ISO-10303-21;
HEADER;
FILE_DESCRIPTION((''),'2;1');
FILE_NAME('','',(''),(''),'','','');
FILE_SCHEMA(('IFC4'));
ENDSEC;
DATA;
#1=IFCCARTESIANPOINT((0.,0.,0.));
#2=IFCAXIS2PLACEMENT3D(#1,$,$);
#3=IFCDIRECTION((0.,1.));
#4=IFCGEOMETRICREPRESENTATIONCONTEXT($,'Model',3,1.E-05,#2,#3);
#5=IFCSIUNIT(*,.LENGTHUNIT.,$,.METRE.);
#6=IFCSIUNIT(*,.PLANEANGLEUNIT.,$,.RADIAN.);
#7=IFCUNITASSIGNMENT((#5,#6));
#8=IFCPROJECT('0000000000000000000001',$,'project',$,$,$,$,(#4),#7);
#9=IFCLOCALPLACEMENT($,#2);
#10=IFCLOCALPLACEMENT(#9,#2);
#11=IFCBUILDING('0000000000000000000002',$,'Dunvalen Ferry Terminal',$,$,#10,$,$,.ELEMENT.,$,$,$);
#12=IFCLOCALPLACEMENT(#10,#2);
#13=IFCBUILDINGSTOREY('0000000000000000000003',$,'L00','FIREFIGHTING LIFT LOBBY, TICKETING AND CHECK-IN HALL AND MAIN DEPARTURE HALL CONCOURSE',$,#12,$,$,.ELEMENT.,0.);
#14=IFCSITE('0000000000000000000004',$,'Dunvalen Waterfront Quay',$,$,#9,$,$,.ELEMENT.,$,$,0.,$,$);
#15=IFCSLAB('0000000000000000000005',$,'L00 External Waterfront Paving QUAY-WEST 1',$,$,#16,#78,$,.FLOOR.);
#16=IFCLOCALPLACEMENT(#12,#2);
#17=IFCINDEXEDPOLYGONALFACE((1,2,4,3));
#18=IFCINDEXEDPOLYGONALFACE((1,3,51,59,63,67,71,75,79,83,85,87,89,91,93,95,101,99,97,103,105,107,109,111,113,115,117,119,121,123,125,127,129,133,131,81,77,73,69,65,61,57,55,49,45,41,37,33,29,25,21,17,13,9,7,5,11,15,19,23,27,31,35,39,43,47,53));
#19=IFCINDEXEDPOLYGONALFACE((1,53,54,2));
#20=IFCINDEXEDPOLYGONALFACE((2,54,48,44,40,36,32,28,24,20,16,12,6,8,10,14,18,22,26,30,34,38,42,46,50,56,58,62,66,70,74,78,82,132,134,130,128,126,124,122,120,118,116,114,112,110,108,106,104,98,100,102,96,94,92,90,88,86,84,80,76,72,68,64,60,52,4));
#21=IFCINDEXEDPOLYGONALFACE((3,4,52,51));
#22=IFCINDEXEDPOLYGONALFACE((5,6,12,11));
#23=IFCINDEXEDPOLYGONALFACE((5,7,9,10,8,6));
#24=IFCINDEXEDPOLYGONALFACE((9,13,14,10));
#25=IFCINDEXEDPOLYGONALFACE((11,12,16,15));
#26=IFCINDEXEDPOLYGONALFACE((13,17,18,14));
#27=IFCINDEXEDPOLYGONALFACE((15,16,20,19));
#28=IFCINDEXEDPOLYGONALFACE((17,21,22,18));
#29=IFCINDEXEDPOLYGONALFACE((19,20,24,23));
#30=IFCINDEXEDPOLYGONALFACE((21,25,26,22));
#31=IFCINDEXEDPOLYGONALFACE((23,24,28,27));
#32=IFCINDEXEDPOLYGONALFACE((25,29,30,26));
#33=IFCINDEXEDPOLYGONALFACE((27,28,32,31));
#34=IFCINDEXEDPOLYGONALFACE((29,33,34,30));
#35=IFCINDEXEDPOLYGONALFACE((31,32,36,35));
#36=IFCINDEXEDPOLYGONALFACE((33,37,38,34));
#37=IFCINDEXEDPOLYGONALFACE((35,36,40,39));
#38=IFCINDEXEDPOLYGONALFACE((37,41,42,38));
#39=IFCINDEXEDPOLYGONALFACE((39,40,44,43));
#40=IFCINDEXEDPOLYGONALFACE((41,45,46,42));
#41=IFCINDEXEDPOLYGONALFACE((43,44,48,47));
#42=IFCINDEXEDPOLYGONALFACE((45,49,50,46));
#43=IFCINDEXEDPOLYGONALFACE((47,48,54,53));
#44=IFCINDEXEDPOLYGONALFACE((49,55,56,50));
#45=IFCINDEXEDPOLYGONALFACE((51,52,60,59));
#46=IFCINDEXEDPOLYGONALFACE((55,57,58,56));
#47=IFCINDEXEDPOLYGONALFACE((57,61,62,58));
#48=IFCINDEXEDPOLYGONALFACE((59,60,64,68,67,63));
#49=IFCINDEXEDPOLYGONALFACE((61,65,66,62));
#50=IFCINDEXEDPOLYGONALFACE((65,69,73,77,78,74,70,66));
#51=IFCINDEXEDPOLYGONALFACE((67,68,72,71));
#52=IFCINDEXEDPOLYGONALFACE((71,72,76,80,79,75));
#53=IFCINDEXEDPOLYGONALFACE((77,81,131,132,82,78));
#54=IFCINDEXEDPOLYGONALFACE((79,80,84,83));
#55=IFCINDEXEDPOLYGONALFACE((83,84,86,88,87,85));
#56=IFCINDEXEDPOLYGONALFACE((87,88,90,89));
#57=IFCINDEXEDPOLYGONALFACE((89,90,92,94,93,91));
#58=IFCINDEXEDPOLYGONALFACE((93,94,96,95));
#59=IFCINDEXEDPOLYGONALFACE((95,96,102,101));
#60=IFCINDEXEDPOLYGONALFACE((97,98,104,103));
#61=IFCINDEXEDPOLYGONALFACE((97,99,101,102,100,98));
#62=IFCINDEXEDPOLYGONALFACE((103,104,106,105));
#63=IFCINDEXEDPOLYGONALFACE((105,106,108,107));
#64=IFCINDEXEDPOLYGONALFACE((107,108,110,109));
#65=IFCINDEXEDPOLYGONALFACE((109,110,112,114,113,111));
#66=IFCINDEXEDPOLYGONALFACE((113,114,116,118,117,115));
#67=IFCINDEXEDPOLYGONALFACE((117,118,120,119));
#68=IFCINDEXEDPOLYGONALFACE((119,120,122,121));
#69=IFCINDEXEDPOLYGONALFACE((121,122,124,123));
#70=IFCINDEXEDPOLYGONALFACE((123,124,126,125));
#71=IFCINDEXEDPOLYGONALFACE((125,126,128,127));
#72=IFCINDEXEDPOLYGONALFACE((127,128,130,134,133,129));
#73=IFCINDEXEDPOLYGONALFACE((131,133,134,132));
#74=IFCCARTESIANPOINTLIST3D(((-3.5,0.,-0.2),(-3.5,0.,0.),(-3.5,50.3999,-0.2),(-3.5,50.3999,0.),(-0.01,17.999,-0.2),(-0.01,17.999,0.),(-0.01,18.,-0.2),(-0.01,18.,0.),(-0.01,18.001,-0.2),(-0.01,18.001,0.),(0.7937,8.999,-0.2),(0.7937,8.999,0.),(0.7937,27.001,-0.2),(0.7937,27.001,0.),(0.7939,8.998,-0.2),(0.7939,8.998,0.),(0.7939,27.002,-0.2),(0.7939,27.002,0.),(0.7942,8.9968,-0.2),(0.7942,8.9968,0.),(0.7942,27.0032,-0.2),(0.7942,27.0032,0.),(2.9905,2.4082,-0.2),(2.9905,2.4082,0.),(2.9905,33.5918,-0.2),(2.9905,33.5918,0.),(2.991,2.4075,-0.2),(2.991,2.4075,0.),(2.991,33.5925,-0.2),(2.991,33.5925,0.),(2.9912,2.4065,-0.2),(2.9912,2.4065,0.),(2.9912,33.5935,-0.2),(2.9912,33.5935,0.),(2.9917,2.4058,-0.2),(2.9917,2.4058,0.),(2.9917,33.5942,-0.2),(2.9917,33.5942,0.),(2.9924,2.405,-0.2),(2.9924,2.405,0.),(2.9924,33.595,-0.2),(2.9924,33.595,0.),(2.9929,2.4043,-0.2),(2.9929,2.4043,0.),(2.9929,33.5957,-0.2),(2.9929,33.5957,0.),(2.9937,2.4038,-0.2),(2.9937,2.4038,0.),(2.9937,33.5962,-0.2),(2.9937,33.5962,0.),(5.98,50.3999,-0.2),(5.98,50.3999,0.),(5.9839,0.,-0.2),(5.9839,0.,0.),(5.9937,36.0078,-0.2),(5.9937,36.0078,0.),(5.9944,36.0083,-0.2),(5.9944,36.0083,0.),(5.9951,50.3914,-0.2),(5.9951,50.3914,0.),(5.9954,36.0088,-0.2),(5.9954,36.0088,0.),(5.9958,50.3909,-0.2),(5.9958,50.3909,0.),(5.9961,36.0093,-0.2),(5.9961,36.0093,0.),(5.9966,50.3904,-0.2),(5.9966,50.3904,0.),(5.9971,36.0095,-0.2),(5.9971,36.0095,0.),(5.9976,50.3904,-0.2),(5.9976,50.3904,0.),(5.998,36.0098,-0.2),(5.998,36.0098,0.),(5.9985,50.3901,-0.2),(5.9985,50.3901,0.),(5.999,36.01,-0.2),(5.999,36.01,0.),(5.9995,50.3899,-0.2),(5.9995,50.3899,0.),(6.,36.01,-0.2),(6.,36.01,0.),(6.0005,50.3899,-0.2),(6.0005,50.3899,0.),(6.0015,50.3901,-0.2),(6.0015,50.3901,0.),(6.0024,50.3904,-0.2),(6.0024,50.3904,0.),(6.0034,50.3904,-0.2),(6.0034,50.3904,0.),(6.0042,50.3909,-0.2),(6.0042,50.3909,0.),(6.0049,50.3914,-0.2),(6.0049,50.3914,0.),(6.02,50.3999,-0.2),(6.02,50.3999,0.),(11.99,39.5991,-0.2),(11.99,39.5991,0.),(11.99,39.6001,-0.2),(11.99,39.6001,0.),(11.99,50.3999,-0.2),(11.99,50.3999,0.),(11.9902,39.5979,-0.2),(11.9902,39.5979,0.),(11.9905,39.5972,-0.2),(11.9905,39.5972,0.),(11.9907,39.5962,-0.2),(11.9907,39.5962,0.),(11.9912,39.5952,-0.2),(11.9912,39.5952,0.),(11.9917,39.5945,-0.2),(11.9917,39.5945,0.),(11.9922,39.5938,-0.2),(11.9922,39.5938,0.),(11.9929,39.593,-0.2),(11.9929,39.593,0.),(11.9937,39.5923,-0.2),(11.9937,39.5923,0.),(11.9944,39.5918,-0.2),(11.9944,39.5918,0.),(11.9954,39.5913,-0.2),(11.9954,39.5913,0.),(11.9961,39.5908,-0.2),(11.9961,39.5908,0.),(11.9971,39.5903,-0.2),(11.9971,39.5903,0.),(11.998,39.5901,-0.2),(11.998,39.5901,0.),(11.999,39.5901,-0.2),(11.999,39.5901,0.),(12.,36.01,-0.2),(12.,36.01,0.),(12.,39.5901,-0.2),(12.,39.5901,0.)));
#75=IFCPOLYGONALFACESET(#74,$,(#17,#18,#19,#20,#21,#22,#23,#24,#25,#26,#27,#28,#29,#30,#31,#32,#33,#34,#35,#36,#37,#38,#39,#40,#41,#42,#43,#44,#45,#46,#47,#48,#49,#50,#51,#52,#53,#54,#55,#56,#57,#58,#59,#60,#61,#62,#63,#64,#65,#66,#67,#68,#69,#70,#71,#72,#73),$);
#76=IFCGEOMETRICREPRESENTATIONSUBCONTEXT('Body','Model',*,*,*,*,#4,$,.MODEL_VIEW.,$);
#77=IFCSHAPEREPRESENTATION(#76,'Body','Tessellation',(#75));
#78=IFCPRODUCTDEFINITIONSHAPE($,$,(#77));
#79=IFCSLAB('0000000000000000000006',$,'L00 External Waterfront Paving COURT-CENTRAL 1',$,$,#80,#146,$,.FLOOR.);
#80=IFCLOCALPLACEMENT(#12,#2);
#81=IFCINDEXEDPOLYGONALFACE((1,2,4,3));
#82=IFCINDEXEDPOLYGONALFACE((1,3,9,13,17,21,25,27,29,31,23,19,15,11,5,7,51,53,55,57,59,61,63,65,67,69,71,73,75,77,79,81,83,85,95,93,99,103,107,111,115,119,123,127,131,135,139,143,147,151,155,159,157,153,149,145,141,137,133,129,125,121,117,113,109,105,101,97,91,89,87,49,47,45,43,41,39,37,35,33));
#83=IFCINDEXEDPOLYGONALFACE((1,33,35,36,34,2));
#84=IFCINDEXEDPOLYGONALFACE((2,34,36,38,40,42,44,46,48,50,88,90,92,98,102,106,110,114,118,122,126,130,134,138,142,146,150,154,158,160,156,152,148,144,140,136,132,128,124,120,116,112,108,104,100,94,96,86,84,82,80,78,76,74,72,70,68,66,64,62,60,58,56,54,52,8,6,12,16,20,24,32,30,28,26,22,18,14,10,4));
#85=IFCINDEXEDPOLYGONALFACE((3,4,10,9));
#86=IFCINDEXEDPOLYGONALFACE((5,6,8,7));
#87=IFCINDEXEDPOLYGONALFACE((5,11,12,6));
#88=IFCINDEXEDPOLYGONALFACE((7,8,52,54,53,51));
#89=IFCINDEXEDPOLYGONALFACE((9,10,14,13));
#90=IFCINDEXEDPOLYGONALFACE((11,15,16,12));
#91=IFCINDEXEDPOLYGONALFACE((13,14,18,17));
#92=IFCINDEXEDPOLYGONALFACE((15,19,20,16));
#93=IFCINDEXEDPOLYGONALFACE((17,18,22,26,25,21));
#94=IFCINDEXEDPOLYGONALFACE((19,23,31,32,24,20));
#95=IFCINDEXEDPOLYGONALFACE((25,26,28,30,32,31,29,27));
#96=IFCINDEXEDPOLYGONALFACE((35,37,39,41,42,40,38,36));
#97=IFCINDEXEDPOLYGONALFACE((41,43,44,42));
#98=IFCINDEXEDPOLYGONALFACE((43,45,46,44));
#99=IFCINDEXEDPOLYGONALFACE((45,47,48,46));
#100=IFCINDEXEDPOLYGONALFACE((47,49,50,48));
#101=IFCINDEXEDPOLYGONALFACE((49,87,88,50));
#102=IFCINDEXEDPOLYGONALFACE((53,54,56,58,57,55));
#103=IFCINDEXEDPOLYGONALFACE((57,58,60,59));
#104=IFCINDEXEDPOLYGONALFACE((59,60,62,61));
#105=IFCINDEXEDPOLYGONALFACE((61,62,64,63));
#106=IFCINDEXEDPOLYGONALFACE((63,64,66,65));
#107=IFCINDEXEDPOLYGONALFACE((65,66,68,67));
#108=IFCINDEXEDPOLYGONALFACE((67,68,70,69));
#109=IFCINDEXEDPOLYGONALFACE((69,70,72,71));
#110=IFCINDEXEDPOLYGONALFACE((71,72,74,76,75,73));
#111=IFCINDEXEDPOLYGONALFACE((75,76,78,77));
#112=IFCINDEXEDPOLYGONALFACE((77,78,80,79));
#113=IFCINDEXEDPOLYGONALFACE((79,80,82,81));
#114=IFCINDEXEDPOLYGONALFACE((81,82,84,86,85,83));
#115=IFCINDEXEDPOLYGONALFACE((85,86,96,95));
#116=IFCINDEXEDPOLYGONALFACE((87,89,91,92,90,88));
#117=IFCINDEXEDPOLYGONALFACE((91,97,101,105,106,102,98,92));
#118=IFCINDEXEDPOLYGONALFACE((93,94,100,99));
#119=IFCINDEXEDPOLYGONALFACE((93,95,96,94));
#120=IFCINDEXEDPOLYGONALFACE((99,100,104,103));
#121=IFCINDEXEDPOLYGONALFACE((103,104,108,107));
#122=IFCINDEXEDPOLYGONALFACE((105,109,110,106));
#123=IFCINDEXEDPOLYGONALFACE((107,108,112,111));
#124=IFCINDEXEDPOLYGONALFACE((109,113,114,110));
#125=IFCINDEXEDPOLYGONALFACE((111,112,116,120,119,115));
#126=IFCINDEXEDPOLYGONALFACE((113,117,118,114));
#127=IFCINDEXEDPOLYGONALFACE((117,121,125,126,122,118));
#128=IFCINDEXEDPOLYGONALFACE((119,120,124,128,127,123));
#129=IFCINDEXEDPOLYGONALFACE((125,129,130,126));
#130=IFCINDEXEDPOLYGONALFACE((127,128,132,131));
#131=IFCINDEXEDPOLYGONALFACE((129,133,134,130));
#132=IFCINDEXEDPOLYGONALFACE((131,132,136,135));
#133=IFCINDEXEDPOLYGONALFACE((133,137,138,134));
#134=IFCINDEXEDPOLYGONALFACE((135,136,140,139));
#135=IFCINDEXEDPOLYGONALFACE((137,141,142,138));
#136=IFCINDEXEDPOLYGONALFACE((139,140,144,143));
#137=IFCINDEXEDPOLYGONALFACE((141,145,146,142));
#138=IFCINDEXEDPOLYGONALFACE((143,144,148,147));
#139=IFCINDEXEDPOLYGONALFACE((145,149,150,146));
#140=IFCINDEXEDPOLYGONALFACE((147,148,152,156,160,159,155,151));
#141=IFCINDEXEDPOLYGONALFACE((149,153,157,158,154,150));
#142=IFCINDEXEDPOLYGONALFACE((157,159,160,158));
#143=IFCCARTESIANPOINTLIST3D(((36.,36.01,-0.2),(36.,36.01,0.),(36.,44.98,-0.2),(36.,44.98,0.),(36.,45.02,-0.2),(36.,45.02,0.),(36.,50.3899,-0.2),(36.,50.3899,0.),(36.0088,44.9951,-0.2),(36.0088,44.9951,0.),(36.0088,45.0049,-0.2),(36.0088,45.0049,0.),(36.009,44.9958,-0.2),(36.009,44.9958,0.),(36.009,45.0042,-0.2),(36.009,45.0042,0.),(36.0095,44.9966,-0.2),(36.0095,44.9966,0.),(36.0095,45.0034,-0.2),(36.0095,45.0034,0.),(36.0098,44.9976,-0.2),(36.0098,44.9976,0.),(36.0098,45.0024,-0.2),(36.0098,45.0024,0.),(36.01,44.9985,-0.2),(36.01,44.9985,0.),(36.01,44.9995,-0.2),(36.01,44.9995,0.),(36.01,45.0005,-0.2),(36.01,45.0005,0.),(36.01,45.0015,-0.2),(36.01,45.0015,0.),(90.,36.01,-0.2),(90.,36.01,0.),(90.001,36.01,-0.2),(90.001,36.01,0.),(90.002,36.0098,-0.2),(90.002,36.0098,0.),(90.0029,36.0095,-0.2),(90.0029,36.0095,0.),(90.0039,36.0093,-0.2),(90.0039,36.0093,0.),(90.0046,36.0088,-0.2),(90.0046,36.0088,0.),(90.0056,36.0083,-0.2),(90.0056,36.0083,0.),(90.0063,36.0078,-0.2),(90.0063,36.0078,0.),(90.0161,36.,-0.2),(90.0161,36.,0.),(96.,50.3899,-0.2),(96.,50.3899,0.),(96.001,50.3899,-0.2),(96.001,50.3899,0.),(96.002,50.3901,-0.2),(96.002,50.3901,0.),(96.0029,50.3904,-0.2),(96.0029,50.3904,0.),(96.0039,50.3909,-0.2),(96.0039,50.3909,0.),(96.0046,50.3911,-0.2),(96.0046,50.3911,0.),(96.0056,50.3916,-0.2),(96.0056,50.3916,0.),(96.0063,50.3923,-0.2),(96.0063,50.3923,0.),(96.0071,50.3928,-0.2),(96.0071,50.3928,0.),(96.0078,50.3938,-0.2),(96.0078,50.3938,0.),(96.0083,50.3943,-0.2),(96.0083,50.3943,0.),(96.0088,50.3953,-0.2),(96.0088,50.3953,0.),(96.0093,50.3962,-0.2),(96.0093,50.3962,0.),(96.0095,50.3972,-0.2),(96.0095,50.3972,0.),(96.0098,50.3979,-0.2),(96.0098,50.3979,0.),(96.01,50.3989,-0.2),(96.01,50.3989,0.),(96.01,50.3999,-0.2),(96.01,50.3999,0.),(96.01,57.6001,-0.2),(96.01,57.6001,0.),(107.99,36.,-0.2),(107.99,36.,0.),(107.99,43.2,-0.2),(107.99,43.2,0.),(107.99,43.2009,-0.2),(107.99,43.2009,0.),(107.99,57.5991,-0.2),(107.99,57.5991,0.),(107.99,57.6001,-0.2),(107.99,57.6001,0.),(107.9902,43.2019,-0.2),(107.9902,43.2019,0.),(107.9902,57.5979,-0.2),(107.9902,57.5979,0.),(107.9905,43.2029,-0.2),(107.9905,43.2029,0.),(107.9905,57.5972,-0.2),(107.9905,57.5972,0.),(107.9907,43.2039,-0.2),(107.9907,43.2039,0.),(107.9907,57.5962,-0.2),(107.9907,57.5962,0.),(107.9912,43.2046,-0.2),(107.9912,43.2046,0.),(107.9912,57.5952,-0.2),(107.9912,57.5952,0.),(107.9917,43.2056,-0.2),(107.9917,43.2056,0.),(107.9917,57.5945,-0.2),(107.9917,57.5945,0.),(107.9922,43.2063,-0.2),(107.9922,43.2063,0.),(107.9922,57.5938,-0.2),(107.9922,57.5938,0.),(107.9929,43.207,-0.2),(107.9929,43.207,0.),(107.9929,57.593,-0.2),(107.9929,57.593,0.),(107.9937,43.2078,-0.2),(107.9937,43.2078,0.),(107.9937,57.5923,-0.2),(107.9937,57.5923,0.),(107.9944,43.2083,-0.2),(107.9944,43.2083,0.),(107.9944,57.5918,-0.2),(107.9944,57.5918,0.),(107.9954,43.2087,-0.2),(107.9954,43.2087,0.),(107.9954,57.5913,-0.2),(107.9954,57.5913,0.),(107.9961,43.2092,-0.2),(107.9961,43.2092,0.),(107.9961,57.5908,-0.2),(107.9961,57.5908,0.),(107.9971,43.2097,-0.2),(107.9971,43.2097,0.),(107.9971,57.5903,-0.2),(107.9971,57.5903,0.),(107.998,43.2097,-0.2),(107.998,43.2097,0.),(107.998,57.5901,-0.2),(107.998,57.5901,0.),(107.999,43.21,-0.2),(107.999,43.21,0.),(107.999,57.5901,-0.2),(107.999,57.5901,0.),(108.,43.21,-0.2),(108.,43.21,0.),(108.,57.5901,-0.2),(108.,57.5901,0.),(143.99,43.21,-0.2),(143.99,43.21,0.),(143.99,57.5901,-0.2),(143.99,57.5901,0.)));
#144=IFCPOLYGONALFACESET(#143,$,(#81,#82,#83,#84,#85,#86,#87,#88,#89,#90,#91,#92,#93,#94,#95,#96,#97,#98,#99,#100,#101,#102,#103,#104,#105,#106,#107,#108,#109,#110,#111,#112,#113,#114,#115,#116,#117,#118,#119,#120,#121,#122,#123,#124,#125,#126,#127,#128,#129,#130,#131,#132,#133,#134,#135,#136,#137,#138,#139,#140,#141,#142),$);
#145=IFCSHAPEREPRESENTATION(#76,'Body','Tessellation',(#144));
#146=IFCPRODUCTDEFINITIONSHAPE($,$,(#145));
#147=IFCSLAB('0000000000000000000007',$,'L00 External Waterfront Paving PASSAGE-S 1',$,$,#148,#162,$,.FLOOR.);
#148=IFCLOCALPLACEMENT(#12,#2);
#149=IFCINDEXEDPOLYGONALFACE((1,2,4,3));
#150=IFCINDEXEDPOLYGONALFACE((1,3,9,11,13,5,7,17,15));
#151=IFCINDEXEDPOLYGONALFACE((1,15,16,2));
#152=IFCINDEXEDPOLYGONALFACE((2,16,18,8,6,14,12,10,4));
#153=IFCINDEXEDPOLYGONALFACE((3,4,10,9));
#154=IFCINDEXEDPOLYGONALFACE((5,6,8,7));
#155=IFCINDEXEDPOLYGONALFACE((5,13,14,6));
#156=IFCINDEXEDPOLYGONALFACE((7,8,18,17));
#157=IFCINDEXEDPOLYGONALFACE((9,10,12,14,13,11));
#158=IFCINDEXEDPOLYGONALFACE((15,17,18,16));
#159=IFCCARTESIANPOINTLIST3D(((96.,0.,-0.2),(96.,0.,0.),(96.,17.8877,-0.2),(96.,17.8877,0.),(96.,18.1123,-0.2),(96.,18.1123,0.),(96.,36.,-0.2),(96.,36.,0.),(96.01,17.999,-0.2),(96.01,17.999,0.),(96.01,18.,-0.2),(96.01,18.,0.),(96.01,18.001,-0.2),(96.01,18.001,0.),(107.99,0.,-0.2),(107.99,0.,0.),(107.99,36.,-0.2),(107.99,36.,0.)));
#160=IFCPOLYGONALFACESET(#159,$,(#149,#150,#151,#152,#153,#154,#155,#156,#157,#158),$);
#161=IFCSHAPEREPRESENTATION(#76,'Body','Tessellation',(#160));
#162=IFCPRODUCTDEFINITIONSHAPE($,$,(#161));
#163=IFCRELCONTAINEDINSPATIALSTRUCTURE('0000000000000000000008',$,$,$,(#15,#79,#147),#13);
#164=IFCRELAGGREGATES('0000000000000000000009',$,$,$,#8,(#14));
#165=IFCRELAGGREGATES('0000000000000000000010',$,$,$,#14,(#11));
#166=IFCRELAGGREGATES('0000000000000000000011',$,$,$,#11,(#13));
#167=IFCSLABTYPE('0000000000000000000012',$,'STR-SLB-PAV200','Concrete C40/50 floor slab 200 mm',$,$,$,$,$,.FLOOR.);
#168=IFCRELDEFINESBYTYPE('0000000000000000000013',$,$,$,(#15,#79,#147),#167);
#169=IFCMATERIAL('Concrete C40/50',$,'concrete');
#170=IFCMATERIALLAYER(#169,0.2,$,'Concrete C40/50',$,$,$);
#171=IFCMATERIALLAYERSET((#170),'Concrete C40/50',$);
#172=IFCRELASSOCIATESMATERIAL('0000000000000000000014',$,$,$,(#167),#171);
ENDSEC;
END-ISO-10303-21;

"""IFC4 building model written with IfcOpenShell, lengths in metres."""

from ifc_helpers import new_model, si_unit, direction, frame, origin, place, context, subcontext, project, spatial, polyline, outline, extrude, material, layer, layer_set, type_object, element, save


model = new_model("IFC4")

# Units and contexts
model_context = context("Model", 3, precision=1e-05, world=origin(), true_north=direction((0.0, 1.0)))
body_context = subcontext(model_context, "Body", "Model", "MODEL_VIEW")
ifc_project = project(units=[si_unit("LENGTHUNIT", "METRE"), si_unit("PLANEANGLEUNIT", "RADIAN")], contexts=[model_context])

# Site, building, storey
site_placement = place(None, origin())
site = spatial("IfcSite", under=ifc_project, at=site_placement, Name="Dunvalen Waterfront Quay", CompositionType="ELEMENT", RefElevation=0.0)
building_placement = place(site_placement, origin())
building = spatial("IfcBuilding", under=site, at=building_placement, Name="Dunvalen Ferry Terminal", CompositionType="ELEMENT")
storey_placement = place(building_placement, origin())
storey = spatial("IfcBuildingStorey", under=building, at=storey_placement, Name="L00", Description="FIREFIGHTING LIFT LOBBY, TICKETING AND CHECK-IN HALL AND MAIN DEPARTURE HALL CONCOURSE", CompositionType="ELEMENT", Elevation=0.0)

# Slabs
ifc_material_1 = material(Name="Concrete C40/50", Category="concrete")
ifc_layer_1 = layer(ifc_material_1, 0.2, Name="Concrete C40/50")
ifc_layer_set_1 = layer_set([ifc_layer_1], Name="Concrete C40/50")
slab_type_1 = type_object("IfcSlabType", Name="STR-SLB-PAV200", Description="Concrete C40/50 floor slab 200 mm", PredefinedType="FLOOR", material=ifc_layer_set_1)
slab_1_placement = place(storey_placement, frame((0.0, 0.0, -0.2)))
element("IfcSlab", 1, at=slab_1_placement, inside=storey, type_object=slab_type_1, Name="L00 External Waterfront Paving QUAY-WEST 1", PredefinedType="FLOOR", context=body_context, shape_type="SweptSolid", body=[
    extrude(outline(polyline([(5.9839, 0.0), (2.9937, 2.4038), (2.9929, 2.4043), (2.9924, 2.405), (2.9917, 2.4058), (2.9912, 2.4065), (2.991, 2.4075), (2.9905, 2.4082), (0.7942, 8.9968), (0.7939, 8.998), (0.7937, 8.999), (-0.01, 17.999), (-0.01, 18.0), (-0.01, 18.001), (0.7937, 27.001), (0.7939, 27.002), (0.7942, 27.0032), (2.9905, 33.5918), (2.991, 33.5925), (2.9912, 33.5935), (2.9917, 33.5942), (2.9924, 33.595), (2.9929, 33.5957), (2.9937, 33.5962), (5.9937, 36.0078), (5.9944, 36.0083), (5.9954, 36.0088), (5.9961, 36.0093), (5.9971, 36.0095), (5.998, 36.0098), (5.999, 36.01), (6.0, 36.01), (12.0, 36.01), (12.0, 39.5901), (11.999, 39.5901), (11.998, 39.5901), (11.9971, 39.5903), (11.9961, 39.5908), (11.9954, 39.5913), (11.9944, 39.5918), (11.9937, 39.5923), (11.9929, 39.593), (11.9922, 39.5938), (11.9917, 39.5945), (11.9912, 39.5952), (11.9907, 39.5962), (11.9905, 39.5972), (11.9902, 39.5979), (11.99, 39.5991), (11.99, 39.6001), (11.99, 50.3999), (6.02, 50.3999), (6.0049, 50.3914), (6.0042, 50.3909), (6.0034, 50.3904), (6.0024, 50.3904), (6.0015, 50.3901), (6.0005, 50.3899), (5.9995, 50.3899), (5.9985, 50.3901), (5.9976, 50.3904), (5.9966, 50.3904), (5.9958, 50.3909), (5.9951, 50.3914), (5.98, 50.3999), (-3.5, 50.3999), (-3.5, 0.0), (5.9839, 0.0)])), origin(), (0.0, 0.0, 1.0), 0.2),
])
slab_2_placement = place(storey_placement, frame((0.0, 0.0, -0.2)))
element("IfcSlab", 2, at=slab_2_placement, inside=storey, type_object=slab_type_1, Name="L00 External Waterfront Paving COURT-CENTRAL 1", PredefinedType="FLOOR", context=body_context, shape_type="SweptSolid", body=[
    extrude(outline(polyline([(107.99, 36.0), (107.99, 43.2), (107.99, 43.2009), (107.9902, 43.2019), (107.9905, 43.2029), (107.9907, 43.2039), (107.9912, 43.2046), (107.9917, 43.2056), (107.9922, 43.2063), (107.9929, 43.207), (107.9937, 43.2078), (107.9944, 43.2083), (107.9954, 43.2087), (107.9961, 43.2092), (107.9971, 43.2097), (107.998, 43.2097), (107.999, 43.21), (108.0, 43.21), (143.99, 43.21), (143.99, 57.5901), (108.0, 57.5901), (107.999, 57.5901), (107.998, 57.5901), (107.9971, 57.5903), (107.9961, 57.5908), (107.9954, 57.5913), (107.9944, 57.5918), (107.9937, 57.5923), (107.9929, 57.593), (107.9922, 57.5938), (107.9917, 57.5945), (107.9912, 57.5952), (107.9907, 57.5962), (107.9905, 57.5972), (107.9902, 57.5979), (107.99, 57.5991), (107.99, 57.6001), (96.01, 57.6001), (96.01, 50.3999), (96.01, 50.3989), (96.0098, 50.3979), (96.0095, 50.3972), (96.0093, 50.3962), (96.0088, 50.3953), (96.0083, 50.3943), (96.0078, 50.3938), (96.0071, 50.3928), (96.0063, 50.3923), (96.0056, 50.3916), (96.0046, 50.3911), (96.0039, 50.3909), (96.0029, 50.3904), (96.002, 50.3901), (96.001, 50.3899), (96.0, 50.3899), (36.0, 50.3899), (36.0, 45.02), (36.0088, 45.0049), (36.009, 45.0042), (36.0095, 45.0034), (36.0098, 45.0024), (36.01, 45.0015), (36.01, 45.0005), (36.01, 44.9995), (36.01, 44.9985), (36.0098, 44.9976), (36.0095, 44.9966), (36.009, 44.9958), (36.0088, 44.9951), (36.0, 44.98), (36.0, 36.01), (90.0, 36.01), (90.001, 36.01), (90.002, 36.0098), (90.0029, 36.0095), (90.0039, 36.0093), (90.0046, 36.0088), (90.0056, 36.0083), (90.0063, 36.0078), (90.0161, 36.0), (107.99, 36.0)])), origin(), (0.0, 0.0, 1.0), 0.2),
])
slab_3_placement = place(storey_placement, frame((0.0, 0.0, -0.2)))
element("IfcSlab", 3, at=slab_3_placement, inside=storey, type_object=slab_type_1, Name="L00 External Waterfront Paving PASSAGE-S 1", PredefinedType="FLOOR", context=body_context, shape_type="SweptSolid", body=[
    extrude(outline(polyline([(107.99, 0.0), (107.99, 36.0), (96.0, 36.0), (96.0, 18.1123), (96.01, 18.001), (96.01, 18.0), (96.01, 17.999), (96.0, 17.8877), (96.0, 0.0), (107.99, 0.0)])), origin(), (0.0, 0.0, 1.0), 0.2),
])

save(model, "model.ifc")
